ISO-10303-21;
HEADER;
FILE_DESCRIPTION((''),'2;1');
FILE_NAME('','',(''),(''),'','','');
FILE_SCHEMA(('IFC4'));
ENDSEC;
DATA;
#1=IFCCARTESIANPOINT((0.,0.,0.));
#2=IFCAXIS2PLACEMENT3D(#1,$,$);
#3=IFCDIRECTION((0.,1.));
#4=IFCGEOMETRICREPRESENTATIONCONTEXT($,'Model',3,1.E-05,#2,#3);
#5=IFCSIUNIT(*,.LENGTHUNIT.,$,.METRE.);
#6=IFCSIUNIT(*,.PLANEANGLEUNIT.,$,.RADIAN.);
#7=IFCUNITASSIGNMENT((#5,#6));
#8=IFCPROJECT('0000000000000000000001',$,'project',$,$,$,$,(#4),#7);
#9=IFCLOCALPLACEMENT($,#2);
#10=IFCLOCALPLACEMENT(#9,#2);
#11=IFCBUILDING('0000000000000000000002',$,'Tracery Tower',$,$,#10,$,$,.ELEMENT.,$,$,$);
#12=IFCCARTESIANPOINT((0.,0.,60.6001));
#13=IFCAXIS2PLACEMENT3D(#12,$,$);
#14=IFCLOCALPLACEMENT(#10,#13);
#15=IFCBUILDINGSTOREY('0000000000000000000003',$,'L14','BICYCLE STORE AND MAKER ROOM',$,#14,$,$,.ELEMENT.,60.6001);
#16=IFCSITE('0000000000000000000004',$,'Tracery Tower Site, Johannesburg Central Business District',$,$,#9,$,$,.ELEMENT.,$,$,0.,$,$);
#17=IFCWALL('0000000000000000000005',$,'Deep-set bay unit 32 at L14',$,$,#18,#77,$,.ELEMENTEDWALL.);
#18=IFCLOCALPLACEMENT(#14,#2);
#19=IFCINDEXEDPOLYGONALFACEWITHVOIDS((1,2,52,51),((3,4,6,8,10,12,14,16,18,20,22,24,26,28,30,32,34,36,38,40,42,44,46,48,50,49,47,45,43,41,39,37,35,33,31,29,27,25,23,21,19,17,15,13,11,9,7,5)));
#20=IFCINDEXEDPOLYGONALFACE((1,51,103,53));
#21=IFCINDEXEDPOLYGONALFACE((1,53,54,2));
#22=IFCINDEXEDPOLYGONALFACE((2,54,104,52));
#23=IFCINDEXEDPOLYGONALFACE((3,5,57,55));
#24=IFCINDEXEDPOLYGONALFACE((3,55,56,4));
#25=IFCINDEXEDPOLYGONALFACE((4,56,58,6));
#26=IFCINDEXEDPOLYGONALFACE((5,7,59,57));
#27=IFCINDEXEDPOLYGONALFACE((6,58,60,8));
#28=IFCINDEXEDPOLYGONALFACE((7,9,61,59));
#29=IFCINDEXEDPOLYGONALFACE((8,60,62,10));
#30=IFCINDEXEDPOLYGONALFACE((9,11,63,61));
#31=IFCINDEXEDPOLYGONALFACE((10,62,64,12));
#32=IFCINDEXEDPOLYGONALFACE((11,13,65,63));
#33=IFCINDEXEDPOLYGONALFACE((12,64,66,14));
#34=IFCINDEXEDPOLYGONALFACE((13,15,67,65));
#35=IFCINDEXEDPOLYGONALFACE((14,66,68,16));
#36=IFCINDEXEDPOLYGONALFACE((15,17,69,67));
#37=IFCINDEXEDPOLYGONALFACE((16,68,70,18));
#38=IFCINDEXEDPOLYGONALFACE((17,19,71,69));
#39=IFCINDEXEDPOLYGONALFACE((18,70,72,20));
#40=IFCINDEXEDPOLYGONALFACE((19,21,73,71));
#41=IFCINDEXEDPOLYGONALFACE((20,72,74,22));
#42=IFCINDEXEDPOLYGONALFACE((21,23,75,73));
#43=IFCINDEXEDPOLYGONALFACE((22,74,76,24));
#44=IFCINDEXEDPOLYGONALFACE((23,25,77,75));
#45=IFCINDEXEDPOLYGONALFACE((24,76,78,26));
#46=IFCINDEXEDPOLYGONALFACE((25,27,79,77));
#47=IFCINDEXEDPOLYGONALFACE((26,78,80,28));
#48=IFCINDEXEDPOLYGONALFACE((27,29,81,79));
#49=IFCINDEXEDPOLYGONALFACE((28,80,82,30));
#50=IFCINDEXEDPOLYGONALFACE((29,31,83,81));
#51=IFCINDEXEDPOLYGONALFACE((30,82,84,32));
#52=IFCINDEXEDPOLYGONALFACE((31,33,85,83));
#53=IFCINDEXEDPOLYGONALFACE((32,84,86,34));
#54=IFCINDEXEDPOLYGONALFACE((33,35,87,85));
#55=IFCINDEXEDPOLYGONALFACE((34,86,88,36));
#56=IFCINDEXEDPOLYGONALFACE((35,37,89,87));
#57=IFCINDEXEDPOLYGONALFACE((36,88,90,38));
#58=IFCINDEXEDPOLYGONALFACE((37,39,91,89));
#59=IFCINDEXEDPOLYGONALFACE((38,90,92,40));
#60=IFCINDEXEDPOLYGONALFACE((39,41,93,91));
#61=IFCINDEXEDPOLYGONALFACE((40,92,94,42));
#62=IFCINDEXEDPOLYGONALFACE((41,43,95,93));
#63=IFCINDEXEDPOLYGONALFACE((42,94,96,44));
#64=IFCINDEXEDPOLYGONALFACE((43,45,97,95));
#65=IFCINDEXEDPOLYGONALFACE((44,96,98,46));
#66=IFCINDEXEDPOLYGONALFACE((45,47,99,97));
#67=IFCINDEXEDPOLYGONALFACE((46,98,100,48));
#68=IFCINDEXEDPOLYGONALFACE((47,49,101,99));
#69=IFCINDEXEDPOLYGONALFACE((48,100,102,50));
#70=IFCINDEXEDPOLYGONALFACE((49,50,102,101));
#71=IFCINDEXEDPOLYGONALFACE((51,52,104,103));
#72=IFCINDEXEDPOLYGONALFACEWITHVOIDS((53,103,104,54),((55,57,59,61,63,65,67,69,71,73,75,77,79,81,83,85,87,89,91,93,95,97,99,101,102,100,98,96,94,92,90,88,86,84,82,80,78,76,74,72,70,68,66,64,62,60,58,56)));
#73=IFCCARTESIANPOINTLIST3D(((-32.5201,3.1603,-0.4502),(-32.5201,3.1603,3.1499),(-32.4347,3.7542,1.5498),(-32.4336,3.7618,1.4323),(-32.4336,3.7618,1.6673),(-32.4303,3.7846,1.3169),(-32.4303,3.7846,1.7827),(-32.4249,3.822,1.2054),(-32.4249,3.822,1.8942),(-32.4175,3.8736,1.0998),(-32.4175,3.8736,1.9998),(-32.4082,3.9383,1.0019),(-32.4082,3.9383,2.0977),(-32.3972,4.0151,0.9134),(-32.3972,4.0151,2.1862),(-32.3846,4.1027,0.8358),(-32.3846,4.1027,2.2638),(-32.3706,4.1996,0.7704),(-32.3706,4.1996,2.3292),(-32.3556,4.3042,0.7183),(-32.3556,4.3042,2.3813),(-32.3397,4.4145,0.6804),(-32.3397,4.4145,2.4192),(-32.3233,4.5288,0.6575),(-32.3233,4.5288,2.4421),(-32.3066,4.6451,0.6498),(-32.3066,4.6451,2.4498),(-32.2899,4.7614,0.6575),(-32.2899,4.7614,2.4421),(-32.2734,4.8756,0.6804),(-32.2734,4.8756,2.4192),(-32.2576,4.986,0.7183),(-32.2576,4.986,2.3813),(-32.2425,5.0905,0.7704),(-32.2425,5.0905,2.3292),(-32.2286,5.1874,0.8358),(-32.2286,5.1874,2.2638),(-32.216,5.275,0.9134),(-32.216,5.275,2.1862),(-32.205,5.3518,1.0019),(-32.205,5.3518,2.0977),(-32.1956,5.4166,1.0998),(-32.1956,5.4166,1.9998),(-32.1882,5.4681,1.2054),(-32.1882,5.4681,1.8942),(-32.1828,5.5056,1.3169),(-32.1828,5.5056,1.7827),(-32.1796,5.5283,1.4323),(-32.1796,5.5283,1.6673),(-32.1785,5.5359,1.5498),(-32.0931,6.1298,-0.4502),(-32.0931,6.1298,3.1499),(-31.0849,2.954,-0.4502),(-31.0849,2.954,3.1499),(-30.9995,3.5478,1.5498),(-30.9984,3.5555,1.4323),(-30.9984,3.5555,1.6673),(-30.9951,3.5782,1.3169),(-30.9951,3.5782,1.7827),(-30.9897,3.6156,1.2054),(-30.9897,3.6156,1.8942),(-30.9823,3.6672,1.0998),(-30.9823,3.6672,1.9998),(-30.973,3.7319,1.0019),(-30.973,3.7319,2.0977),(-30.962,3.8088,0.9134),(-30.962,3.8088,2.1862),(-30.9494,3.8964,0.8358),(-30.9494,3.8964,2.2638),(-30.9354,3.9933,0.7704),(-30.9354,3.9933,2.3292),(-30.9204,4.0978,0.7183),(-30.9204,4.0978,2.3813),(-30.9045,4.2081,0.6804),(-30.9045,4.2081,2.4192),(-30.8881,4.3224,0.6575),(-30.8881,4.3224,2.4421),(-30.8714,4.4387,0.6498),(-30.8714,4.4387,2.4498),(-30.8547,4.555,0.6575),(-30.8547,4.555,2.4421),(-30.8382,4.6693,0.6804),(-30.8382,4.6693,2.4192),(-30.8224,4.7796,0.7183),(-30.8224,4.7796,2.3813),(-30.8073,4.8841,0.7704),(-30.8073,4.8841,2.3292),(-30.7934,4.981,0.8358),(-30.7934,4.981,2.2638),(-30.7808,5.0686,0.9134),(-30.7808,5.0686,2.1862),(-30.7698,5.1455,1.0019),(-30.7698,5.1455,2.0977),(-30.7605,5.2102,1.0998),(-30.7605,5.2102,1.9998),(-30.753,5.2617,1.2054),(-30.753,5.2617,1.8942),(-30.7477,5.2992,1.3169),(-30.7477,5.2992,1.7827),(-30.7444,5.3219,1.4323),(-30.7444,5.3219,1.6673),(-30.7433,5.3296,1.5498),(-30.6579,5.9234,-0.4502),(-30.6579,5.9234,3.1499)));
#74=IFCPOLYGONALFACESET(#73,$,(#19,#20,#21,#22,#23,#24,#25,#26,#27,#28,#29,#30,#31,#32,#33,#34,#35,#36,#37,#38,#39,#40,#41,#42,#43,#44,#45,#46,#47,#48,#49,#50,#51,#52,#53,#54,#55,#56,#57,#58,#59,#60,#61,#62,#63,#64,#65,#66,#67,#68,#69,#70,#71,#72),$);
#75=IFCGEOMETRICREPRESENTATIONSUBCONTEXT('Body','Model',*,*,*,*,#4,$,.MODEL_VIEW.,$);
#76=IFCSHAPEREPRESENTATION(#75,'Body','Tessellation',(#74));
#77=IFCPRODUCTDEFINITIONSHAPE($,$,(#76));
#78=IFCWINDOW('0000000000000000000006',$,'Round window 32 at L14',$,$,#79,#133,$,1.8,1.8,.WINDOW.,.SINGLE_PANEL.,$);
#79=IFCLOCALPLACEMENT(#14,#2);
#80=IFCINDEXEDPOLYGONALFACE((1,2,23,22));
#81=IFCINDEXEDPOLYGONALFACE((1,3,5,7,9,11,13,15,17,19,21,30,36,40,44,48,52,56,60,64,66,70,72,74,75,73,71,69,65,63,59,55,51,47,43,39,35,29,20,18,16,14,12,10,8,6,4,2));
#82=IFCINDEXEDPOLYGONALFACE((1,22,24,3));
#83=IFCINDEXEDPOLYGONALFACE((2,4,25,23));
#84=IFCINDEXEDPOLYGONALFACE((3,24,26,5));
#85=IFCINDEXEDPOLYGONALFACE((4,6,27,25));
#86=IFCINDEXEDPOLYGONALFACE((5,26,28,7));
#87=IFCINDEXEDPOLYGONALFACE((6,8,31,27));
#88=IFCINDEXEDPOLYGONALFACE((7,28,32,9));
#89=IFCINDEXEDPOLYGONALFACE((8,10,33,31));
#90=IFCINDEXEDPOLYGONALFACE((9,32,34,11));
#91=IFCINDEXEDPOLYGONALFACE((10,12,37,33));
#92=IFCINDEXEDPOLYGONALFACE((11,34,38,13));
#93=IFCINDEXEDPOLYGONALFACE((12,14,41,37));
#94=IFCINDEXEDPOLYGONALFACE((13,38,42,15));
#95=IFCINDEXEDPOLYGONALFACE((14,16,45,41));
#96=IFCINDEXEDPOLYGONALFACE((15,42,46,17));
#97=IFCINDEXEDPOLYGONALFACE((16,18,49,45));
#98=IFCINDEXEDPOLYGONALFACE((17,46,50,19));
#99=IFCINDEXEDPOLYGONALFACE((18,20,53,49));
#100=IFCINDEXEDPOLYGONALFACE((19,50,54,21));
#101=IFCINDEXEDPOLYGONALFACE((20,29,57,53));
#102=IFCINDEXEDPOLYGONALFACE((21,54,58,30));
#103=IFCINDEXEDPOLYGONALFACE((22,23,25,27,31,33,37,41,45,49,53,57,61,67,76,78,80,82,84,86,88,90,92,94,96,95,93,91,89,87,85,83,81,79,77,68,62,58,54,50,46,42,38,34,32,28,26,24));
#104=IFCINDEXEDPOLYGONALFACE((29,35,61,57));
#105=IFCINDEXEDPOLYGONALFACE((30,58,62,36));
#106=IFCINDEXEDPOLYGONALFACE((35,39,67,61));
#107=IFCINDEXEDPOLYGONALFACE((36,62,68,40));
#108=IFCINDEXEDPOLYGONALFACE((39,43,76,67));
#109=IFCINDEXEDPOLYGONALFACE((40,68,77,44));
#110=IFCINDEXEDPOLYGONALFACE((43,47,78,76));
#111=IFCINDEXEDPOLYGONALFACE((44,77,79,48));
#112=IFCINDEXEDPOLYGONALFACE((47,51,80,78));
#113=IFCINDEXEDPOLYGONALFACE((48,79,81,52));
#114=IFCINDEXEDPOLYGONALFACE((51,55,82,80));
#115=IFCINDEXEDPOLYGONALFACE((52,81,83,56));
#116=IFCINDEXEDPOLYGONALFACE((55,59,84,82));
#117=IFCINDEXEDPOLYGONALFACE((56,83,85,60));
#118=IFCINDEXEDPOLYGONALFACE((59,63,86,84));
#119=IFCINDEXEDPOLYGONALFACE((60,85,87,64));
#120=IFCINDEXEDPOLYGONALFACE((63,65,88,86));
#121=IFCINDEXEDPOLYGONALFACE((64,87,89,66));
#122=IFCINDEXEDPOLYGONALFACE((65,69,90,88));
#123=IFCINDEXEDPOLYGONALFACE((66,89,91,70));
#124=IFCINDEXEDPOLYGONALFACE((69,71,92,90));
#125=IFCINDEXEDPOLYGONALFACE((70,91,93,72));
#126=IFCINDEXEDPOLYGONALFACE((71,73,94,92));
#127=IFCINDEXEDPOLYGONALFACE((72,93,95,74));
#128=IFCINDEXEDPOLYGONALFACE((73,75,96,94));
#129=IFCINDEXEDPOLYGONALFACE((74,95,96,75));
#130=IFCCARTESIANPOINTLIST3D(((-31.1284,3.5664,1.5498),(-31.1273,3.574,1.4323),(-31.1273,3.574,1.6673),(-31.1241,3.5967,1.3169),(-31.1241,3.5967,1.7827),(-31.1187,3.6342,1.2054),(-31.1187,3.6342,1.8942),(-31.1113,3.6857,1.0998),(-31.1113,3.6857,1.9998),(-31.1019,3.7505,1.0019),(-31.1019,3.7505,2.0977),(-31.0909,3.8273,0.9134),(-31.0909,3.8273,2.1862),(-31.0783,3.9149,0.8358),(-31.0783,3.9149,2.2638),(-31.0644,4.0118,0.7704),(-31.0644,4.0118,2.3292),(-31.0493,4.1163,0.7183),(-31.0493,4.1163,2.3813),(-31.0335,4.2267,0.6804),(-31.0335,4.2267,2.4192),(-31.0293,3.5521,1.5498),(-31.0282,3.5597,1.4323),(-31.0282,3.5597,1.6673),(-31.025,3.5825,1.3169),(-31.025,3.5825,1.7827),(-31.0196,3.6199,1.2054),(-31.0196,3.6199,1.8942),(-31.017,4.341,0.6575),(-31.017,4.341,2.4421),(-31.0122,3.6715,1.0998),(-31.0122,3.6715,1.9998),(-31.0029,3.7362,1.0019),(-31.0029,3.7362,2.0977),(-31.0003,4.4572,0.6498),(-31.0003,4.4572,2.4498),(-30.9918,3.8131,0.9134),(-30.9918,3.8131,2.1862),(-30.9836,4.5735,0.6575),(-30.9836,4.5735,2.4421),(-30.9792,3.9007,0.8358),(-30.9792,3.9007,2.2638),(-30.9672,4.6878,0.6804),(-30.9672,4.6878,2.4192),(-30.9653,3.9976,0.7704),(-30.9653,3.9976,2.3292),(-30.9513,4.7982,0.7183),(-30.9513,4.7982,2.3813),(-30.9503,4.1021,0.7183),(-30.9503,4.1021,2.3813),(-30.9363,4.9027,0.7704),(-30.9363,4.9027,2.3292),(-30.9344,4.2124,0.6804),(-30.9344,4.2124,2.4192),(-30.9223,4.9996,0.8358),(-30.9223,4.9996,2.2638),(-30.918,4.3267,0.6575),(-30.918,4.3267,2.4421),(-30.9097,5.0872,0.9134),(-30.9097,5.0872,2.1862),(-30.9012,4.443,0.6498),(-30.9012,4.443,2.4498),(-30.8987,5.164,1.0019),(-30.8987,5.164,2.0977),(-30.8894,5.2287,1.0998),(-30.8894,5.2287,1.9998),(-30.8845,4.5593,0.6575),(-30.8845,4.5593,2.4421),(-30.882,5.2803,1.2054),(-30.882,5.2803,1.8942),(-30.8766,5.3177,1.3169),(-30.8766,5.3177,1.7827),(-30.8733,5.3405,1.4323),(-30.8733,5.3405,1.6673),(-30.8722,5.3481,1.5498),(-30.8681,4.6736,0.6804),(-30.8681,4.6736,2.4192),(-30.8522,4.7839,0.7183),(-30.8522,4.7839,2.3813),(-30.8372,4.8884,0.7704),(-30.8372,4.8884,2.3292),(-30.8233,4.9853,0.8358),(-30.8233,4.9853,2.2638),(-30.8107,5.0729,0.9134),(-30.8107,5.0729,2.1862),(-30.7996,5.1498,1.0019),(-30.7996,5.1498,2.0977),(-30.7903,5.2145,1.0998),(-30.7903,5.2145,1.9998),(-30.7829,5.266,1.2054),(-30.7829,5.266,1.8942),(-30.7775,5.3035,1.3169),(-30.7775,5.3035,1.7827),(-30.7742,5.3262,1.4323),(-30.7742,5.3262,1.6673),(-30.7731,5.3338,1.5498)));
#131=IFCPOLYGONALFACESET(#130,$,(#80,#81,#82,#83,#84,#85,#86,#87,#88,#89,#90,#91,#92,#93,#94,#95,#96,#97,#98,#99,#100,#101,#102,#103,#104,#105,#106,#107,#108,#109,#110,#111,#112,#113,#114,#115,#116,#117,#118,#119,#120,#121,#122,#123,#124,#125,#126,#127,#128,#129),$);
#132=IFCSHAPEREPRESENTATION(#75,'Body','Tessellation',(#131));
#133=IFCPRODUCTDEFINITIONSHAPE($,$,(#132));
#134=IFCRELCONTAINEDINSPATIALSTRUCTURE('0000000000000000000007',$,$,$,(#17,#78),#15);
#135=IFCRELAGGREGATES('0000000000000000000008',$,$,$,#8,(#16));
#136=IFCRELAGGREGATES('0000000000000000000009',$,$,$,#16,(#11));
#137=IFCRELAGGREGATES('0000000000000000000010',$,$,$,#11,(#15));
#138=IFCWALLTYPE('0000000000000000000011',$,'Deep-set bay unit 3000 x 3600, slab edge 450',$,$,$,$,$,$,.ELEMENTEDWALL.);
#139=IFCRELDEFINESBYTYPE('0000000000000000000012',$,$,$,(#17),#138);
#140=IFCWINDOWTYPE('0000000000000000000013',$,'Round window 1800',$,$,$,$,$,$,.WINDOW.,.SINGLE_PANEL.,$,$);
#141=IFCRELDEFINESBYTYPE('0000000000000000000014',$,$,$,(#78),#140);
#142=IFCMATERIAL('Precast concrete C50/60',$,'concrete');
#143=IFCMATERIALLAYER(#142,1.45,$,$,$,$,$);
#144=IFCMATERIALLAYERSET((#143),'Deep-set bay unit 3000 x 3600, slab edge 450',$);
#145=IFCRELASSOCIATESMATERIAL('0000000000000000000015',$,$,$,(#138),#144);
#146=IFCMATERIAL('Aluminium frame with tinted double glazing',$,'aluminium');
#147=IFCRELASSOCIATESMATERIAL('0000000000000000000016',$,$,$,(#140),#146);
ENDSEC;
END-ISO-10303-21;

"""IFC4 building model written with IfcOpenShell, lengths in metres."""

from ifc_helpers import new_model, si_unit, direction, frame, frame_2d, origin, origin_2d, place, context, subcontext, project, spatial, rectangle, circle, extrude, material, layer, layer_set, type_object, element, fill, save


model = new_model("IFC4")

# Units and contexts
model_context = context("Model", 3, precision=1e-05, world=origin(), true_north=direction((0.0, 1.0)))
body_context = subcontext(model_context, "Body", "Model", "MODEL_VIEW")
ifc_project = project(units=[si_unit("LENGTHUNIT", "METRE"), si_unit("PLANEANGLEUNIT", "RADIAN")], contexts=[model_context])

# Site, building, storey
site_placement = place(None, origin())
site = spatial("IfcSite", under=ifc_project, at=site_placement, Name="Tracery Tower Site, Johannesburg Central Business District", CompositionType="ELEMENT", RefElevation=0.0)
building_placement = place(site_placement, origin())
building = spatial("IfcBuilding", under=site, at=building_placement, Name="Tracery Tower", CompositionType="ELEMENT")
storey_placement = place(building_placement, frame((0.0, 0.0, 60.6001)))
storey = spatial("IfcBuildingStorey", under=building, at=storey_placement, Name="L14", Description="BICYCLE STORE AND MAKER ROOM", CompositionType="ELEMENT", Elevation=60.6001)

# Wall, opening, window
ifc_material_1 = material(Name="Precast concrete C50/60", Category="concrete")
ifc_layer_1 = layer(ifc_material_1, 1.45)
ifc_layer_set_1 = layer_set([ifc_layer_1], Name="Deep-set bay unit 3000 x 3600, slab edge 450")
wall_type_1 = type_object("IfcWallType", Name="Deep-set bay unit 3000 x 3600, slab edge 450", PredefinedType="ELEMENTEDWALL", material=ifc_layer_set_1)
wall_1_placement = place(storey_placement, frame((-31.3755, 6.0266, -0.4502), z_axis=(0.0, 0.0, 1.0), x_axis=(-0.142333, -0.989819, 0.0)))
wall_1 = element("IfcWall", 1, at=wall_1_placement, inside=storey, type_object=wall_type_1, Name="Deep-set bay unit 32 at L14", PredefinedType="ELEMENTEDWALL", context=body_context, shape_type="SweptSolid", body=[
    extrude(rectangle(XDim=3.0, YDim=1.45, at=frame_2d((1.5, 0.0))), origin(), (0.0, 0.0, 1.0), 3.6001),
])
opening_1_placement = place(wall_1_placement, frame((1.5, 0.0, 2.0)))
opening_1 = element("IfcOpeningElement", 2, at=opening_1_placement, cuts=wall_1, PredefinedType="OPENING", context=body_context, shape_type="SweptSolid", body=[
    extrude(circle(Radius=0.9, at=origin_2d()), frame((0.0, 0.7349, 0.0), z_axis=(0.0, -1.0, 0.0), x_axis=(1.0, 0.0, 0.0)), (0.0, 0.0, 1.0), 1.47),
])
ifc_material_2 = material(Name="Aluminium frame with tinted double glazing", Category="aluminium")
window_type = type_object("IfcWindowType", Name="Round window 1800", PartitioningType="SINGLE_PANEL", PredefinedType="WINDOW", material=ifc_material_2)
window_1_placement = place(opening_1_placement, origin())
window_1 = element("IfcWindow", 3, at=window_1_placement, inside=storey, type_object=window_type, Name="Round window 32 at L14", OverallHeight=1.8, OverallWidth=1.8, PartitioningType="SINGLE_PANEL", PredefinedType="WINDOW", context=body_context, shape_type="SweptSolid", body=[
    extrude(circle(Radius=0.9, at=origin_2d()), frame((0.0, 0.6948, 0.0), z_axis=(0.0, -1.0, 0.0), x_axis=(1.0, 0.0, 0.0)), (0.0, 0.0, 1.0), 0.1001),
])
fill(opening_1, window_1)

save(model, "model.ifc")
